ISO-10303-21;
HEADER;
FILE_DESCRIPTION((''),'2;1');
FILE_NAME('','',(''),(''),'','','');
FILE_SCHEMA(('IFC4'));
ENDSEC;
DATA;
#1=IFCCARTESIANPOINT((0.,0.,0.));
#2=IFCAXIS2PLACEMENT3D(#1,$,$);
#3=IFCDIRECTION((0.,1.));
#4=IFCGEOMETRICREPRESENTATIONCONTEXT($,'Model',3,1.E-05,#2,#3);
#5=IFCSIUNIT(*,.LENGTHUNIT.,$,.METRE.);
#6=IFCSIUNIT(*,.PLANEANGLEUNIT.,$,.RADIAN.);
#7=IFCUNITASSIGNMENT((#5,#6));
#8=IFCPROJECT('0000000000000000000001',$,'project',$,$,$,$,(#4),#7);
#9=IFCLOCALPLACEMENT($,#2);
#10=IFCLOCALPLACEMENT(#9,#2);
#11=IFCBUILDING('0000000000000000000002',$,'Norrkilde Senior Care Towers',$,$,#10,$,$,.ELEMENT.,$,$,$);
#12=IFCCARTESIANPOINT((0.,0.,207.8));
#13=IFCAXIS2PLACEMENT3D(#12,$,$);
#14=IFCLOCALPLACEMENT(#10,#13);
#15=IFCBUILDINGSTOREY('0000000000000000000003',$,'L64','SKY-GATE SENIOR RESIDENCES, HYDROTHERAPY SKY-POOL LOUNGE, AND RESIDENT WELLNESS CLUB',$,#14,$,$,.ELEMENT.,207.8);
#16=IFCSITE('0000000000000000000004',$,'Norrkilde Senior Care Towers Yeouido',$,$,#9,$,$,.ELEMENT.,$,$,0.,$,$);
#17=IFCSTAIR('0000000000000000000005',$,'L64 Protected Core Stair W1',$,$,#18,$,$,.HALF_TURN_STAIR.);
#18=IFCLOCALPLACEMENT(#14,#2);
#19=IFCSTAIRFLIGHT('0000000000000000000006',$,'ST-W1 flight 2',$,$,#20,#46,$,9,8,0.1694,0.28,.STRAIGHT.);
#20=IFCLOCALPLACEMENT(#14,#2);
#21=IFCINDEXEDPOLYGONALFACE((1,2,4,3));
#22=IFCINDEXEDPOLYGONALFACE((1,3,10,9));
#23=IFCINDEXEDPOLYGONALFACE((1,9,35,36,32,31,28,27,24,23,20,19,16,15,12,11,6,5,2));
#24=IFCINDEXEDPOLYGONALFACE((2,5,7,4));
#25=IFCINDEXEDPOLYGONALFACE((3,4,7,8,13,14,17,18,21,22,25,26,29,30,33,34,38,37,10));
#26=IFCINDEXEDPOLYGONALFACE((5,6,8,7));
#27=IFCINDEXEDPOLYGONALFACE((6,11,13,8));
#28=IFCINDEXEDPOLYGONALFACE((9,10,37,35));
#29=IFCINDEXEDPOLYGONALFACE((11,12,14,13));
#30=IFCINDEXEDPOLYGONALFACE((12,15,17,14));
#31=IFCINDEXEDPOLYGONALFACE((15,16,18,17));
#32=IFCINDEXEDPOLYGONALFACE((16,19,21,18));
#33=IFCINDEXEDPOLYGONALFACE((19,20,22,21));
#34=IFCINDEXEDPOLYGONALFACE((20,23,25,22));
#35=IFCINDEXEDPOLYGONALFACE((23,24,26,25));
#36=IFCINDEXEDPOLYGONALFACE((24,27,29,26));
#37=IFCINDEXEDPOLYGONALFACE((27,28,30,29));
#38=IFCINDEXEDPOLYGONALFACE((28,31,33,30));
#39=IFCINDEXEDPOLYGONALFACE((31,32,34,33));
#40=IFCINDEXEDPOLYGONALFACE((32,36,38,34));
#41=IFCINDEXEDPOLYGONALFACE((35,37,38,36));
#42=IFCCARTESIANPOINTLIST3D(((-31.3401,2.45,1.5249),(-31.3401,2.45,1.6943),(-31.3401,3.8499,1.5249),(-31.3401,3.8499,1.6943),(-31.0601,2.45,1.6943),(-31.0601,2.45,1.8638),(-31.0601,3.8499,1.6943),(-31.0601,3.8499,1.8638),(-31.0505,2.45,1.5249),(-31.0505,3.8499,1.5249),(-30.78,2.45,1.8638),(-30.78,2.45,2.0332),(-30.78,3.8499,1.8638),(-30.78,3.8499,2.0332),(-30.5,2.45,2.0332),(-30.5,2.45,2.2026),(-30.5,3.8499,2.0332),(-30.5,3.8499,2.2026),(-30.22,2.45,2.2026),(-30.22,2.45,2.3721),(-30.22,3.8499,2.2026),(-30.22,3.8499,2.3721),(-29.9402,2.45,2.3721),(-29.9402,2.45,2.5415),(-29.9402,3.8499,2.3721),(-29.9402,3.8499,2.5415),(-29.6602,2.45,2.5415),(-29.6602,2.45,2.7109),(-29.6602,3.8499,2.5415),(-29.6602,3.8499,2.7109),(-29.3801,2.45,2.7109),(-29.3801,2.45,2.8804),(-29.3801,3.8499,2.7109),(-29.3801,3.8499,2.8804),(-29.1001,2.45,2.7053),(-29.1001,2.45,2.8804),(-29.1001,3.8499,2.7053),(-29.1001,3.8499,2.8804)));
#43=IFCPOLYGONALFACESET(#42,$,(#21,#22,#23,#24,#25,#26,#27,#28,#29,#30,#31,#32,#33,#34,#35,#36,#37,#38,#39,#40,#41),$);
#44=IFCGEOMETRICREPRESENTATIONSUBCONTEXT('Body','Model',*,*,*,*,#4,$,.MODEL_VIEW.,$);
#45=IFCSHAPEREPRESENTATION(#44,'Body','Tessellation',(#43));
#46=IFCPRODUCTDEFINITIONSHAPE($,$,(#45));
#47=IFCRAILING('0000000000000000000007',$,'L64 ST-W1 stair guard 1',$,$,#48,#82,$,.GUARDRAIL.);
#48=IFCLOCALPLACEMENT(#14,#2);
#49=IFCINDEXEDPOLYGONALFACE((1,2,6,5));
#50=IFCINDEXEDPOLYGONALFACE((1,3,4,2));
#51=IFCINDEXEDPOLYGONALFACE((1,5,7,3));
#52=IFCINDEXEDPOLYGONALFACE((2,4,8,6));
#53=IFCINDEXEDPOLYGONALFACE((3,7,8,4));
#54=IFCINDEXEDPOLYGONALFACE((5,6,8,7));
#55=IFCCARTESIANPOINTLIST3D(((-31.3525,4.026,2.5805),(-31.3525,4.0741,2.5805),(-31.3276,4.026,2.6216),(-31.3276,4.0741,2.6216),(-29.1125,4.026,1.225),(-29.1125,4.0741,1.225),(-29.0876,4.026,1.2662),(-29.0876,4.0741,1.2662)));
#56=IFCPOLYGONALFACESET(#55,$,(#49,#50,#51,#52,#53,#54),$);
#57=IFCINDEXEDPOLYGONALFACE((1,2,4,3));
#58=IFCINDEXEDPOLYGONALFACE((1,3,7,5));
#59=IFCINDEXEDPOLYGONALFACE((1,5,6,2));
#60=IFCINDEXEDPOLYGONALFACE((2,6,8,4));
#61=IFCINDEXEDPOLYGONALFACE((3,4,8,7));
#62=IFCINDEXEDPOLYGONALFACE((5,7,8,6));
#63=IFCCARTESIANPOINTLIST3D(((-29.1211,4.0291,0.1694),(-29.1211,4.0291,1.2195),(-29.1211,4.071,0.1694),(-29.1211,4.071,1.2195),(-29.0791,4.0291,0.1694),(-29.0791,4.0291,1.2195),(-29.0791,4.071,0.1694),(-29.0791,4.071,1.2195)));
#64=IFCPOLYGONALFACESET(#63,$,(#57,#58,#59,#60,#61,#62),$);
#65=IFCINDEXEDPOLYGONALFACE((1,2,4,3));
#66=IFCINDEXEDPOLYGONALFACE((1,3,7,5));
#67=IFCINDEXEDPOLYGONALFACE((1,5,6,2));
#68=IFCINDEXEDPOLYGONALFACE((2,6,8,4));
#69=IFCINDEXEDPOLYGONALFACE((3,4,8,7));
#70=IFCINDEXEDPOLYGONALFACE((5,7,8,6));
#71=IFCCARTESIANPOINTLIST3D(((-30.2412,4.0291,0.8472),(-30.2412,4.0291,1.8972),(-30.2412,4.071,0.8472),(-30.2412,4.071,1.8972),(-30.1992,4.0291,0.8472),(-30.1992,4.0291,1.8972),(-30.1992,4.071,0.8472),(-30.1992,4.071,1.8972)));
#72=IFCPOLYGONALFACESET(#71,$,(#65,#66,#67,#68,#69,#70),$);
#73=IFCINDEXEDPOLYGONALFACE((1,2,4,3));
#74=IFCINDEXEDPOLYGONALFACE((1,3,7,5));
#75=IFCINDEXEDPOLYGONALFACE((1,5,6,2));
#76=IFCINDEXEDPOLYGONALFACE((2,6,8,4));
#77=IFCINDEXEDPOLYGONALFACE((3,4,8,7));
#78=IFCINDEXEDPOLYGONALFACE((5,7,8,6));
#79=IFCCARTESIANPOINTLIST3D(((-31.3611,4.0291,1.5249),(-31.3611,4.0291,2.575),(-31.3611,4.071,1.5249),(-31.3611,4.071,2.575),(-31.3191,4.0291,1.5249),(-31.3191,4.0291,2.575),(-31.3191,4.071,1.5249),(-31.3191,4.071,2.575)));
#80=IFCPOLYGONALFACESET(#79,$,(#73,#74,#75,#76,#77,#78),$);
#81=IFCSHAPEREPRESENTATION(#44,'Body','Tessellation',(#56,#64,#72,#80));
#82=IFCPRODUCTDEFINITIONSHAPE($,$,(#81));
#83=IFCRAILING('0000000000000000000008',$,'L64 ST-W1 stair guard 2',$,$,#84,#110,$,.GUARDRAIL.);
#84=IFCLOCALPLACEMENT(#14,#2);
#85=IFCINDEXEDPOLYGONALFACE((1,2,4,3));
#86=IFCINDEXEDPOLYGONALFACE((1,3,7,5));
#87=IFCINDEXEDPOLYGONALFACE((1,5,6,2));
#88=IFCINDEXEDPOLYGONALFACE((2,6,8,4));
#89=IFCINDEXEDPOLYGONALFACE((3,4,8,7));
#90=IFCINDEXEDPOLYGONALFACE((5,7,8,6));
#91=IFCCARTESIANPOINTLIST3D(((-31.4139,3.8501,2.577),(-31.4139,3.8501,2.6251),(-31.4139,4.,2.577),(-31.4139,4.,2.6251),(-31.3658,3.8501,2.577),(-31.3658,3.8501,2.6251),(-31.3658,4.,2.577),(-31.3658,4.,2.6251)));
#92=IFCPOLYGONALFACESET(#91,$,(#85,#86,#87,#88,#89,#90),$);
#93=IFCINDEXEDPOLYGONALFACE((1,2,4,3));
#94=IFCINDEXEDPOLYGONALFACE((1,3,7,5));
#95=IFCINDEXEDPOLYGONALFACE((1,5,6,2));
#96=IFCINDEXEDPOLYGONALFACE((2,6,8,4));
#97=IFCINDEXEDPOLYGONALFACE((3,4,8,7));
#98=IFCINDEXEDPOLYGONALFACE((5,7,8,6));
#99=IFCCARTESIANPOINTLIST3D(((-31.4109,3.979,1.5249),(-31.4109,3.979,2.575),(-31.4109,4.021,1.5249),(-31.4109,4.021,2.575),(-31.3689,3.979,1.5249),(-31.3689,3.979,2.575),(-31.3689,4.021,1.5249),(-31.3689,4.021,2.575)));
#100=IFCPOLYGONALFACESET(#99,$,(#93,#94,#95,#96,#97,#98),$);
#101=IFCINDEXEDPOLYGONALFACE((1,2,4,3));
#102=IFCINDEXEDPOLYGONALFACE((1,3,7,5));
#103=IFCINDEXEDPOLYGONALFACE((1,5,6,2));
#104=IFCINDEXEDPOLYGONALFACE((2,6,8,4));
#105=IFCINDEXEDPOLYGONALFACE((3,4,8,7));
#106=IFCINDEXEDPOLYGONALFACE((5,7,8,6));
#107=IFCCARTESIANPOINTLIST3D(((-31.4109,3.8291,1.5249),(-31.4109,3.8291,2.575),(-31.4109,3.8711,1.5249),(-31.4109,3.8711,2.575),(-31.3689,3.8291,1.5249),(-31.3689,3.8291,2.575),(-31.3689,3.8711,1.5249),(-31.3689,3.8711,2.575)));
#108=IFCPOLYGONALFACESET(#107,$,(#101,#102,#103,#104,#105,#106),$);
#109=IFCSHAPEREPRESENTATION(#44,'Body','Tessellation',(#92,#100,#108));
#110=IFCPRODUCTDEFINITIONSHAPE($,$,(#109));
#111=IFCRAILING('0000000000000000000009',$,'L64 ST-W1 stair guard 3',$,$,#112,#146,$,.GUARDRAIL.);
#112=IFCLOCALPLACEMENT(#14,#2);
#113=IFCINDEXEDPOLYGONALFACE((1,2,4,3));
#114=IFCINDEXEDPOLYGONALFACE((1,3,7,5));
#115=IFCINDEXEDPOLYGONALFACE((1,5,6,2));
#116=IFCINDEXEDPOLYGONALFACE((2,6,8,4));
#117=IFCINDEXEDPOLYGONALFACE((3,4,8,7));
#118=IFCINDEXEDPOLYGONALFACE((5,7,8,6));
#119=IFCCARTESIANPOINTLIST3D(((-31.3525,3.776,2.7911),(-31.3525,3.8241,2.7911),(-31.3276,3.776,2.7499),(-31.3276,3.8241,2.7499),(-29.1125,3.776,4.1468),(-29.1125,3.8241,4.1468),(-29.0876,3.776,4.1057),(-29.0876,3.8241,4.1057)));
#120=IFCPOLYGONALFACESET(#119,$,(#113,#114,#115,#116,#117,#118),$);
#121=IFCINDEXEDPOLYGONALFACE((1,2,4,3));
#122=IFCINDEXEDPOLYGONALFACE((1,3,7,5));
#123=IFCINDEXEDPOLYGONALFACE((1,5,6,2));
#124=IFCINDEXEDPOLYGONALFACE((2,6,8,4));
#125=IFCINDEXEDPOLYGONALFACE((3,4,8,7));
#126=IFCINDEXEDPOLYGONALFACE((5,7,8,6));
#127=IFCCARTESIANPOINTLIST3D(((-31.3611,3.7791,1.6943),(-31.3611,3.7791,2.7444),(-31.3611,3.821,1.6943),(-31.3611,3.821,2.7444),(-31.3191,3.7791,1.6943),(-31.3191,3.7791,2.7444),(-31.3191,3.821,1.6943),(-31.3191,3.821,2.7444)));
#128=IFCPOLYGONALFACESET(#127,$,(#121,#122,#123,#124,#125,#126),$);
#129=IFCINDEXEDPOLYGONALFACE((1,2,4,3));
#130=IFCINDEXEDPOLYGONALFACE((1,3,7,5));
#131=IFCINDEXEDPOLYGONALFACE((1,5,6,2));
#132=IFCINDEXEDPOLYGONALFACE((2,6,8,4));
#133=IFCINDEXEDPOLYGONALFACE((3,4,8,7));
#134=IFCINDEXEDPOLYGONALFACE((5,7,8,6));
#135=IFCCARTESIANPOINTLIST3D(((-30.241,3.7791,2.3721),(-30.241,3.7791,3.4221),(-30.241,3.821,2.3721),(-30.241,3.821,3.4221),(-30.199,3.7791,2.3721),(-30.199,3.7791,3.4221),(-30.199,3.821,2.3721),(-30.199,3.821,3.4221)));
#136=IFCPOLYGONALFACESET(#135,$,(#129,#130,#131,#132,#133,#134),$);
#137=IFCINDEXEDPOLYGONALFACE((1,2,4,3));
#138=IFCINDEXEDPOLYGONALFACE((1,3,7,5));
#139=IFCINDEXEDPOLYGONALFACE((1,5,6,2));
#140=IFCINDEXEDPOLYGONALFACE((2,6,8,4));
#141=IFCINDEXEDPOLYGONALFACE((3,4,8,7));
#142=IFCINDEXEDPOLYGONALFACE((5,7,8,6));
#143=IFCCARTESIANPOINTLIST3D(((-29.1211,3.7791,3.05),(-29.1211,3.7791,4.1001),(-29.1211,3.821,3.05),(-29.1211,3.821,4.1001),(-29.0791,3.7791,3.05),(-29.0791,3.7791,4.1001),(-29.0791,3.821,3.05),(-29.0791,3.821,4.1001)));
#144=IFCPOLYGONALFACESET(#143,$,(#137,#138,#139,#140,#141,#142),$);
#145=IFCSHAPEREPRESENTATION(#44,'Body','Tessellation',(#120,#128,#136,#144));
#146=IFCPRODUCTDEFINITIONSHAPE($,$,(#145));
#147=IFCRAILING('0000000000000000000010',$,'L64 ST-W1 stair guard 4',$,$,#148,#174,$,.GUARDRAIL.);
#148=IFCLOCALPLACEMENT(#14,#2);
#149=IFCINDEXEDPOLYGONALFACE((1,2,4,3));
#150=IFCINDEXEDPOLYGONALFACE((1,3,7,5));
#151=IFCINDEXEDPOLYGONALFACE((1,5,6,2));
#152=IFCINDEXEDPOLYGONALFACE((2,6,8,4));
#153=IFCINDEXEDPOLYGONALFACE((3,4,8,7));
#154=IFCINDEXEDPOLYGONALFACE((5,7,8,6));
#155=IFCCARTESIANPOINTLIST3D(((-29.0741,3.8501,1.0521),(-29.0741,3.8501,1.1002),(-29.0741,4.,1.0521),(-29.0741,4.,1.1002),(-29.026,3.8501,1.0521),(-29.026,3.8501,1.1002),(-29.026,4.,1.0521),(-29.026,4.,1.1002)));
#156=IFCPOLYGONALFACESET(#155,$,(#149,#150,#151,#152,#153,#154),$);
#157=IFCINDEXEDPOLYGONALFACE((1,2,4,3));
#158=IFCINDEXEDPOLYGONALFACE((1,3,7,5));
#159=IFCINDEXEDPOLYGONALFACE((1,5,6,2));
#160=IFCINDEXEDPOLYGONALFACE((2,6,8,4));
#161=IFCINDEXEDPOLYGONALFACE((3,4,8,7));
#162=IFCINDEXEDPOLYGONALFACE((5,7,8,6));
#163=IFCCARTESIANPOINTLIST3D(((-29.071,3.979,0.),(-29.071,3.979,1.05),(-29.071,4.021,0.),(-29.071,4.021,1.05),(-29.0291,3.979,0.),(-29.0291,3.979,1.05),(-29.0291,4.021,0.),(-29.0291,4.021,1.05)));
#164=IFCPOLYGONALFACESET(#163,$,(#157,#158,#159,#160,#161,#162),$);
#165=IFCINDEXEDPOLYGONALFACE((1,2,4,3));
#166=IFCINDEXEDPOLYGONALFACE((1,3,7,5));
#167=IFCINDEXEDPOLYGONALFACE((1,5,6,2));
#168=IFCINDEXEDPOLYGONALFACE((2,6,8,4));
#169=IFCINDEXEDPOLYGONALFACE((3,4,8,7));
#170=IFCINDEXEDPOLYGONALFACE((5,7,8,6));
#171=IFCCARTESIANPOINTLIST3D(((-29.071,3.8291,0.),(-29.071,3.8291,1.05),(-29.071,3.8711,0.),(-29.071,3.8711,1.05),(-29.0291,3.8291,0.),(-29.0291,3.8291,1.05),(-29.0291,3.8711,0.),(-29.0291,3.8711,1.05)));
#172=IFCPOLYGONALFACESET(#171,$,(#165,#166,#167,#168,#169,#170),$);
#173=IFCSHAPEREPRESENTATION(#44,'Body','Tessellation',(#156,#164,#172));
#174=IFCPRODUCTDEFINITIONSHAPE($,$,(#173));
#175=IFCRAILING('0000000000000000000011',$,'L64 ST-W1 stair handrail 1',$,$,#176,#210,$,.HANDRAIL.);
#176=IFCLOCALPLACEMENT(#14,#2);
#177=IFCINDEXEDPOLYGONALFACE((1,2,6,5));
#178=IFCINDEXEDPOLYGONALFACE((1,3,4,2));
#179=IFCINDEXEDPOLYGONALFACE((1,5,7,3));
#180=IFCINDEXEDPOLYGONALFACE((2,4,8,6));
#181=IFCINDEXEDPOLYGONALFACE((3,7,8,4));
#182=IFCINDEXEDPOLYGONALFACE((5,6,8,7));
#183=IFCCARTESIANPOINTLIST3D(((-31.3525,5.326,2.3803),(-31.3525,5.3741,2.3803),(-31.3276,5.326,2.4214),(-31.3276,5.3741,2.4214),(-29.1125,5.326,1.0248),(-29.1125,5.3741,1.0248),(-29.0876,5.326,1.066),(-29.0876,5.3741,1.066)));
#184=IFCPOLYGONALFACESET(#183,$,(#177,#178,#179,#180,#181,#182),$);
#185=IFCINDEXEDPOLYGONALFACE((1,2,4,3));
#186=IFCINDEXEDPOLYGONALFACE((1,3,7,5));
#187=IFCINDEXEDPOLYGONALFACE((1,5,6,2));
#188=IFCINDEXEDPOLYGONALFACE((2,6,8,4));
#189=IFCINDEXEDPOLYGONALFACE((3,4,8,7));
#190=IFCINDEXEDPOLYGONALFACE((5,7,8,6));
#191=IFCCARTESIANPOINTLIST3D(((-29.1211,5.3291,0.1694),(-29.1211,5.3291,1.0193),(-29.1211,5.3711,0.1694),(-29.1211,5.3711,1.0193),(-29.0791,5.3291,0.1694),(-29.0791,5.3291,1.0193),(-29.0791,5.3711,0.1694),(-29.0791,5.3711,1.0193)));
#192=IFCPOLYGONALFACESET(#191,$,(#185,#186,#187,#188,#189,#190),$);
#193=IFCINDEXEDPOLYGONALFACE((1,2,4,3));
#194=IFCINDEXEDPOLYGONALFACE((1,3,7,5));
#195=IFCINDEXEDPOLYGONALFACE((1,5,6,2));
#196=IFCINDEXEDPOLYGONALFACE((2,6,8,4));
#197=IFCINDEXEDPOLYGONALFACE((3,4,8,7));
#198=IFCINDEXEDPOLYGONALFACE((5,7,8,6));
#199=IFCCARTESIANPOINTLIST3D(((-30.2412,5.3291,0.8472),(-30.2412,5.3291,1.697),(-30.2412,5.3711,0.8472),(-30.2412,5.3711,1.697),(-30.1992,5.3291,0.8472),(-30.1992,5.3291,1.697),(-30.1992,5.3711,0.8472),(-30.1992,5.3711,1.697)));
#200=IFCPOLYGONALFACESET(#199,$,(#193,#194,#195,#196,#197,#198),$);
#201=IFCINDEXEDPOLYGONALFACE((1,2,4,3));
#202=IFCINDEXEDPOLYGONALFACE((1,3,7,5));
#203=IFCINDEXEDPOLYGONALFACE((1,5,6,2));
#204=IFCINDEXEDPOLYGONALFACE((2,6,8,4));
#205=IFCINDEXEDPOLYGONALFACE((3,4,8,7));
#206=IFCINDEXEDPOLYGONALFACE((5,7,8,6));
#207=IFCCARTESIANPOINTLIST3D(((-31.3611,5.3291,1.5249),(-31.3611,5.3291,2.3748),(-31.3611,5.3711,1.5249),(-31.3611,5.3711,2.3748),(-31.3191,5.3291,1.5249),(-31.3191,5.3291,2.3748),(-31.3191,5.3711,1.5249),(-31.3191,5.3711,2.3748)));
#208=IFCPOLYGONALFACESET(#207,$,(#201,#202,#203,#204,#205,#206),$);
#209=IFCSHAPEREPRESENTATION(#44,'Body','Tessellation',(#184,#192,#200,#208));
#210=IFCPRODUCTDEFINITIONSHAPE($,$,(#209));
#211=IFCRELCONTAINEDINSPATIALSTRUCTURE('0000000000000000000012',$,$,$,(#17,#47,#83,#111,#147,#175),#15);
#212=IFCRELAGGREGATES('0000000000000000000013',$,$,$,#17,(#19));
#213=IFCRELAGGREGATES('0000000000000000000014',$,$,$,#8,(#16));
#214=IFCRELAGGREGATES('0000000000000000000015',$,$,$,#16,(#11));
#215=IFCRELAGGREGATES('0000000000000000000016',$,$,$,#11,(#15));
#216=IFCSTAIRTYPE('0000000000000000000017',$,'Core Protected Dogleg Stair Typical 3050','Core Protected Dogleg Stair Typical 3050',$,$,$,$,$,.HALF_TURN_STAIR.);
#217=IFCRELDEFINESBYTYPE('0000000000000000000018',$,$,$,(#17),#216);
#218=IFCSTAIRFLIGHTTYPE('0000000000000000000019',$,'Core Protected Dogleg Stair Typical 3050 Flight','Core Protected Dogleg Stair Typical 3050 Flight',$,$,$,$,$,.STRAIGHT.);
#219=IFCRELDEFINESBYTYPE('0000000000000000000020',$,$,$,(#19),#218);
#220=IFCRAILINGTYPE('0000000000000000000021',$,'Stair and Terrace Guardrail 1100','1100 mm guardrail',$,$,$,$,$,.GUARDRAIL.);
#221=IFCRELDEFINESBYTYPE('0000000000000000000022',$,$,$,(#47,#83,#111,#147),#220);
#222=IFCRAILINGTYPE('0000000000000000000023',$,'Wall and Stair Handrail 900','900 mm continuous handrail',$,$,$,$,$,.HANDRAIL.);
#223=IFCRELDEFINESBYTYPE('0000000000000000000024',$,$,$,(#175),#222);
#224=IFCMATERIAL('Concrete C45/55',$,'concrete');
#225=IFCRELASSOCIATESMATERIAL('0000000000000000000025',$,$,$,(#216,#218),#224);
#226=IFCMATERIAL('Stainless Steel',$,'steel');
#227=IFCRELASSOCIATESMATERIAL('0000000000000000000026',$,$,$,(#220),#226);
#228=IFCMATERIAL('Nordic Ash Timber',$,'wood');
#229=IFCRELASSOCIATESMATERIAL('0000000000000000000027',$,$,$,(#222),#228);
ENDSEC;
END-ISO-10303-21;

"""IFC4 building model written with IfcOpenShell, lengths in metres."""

from ifc_helpers import new_model, si_unit, direction, frame, origin, origin_2d, place, context, subcontext, project, spatial, polyline, rectangle, outline, extrude, material, type_object, element, aggregate, save


model = new_model("IFC4")

# Units and contexts
model_context = context("Model", 3, precision=1e-05, world=origin(), true_north=direction((0.0, 1.0)))
body_context = subcontext(model_context, "Body", "Model", "MODEL_VIEW")
ifc_project = project(units=[si_unit("LENGTHUNIT", "METRE"), si_unit("PLANEANGLEUNIT", "RADIAN")], contexts=[model_context])

# Site, building, storey
site_placement = place(None, origin())
site = spatial("IfcSite", under=ifc_project, at=site_placement, Name="Norrkilde Senior Care Towers Yeouido", CompositionType="ELEMENT", RefElevation=0.0)
building_placement = place(site_placement, origin())
building = spatial("IfcBuilding", under=site, at=building_placement, Name="Norrkilde Senior Care Towers", CompositionType="ELEMENT")
storey_placement = place(building_placement, frame((0.0, 0.0, 207.8)))
storey = spatial("IfcBuildingStorey", under=building, at=storey_placement, Name="L64", Description="SKY-GATE SENIOR RESIDENCES, HYDROTHERAPY SKY-POOL LOUNGE, AND RESIDENT WELLNESS CLUB", CompositionType="ELEMENT", Elevation=207.8)

# Shared definitions
ifc_material_1 = material(Name="Concrete C45/55", Category="concrete")

# Shared definitions
ifc_material_2 = material(Name="Stainless Steel", Category="steel")

# Stair, stair flight
stair_type = type_object("IfcStairType", Name="Core Protected Dogleg Stair Typical 3050", Description="Core Protected Dogleg Stair Typical 3050", PredefinedType="HALF_TURN_STAIR", material=ifc_material_1)
stair_placement = place(storey_placement, origin())
stair = element("IfcStair", 1, at=stair_placement, inside=storey, type_object=stair_type, Name="L64 Protected Core Stair W1", PredefinedType="HALF_TURN_STAIR")
stair_flight_type = type_object("IfcStairFlightType", Name="Core Protected Dogleg Stair Typical 3050 Flight", Description="Core Protected Dogleg Stair Typical 3050 Flight", PredefinedType="STRAIGHT", material=ifc_material_1)
stair_flight_1_placement = place(storey_placement, frame((-31.3401, 3.1499, 1.5249), z_axis=(0.0, 0.0, 1.0), x_axis=(1.0, 0.0, 0.0)))
stair_flight_1 = element("IfcStairFlight", 2, at=stair_flight_1_placement, type_object=stair_flight_type, Name="ST-W1 flight 2", NumberOfRisers=9, NumberOfTreads=8, PredefinedType="STRAIGHT", RiserHeight=0.1694, TreadLength=0.28, context=body_context, shape_type="SweptSolid", body=[
    extrude(outline(polyline([(0.0, 0.0), (0.0, 0.1694), (0.28, 0.1694), (0.28, 0.3389), (0.5601, 0.3389), (0.5601, 0.5083), (0.8401, 0.5083), (0.8401, 0.6777), (1.1201, 0.6777), (1.1201, 0.8472), (1.3999, 0.8472), (1.3999, 1.0166), (1.6799, 1.0166), (1.6799, 1.186), (1.96, 1.186), (1.96, 1.3555), (2.24, 1.3555), (2.24, 1.5249), (2.24, 1.1804), (0.2896, 0.0), (0.0, 0.0)])), frame((0.0, 0.7, 0.0), z_axis=(0.0, -1.0, 0.0), x_axis=(1.0, 0.0, 0.0)), (0.0, 0.0, 1.0), 1.3999),
])
aggregate(stair, [stair_flight_1])

# Railings
railing_type_1 = type_object("IfcRailingType", Name="Stair and Terrace Guardrail 1100", Description="1100 mm guardrail", PredefinedType="GUARDRAIL", material=ifc_material_2)
railing_1_placement = place(storey_placement, frame((-29.1001, 4.05, 0.1694)))
element("IfcRailing", 3, at=railing_1_placement, inside=storey, type_object=railing_type_1, Name="L64 ST-W1 stair guard 1", PredefinedType="GUARDRAIL", context=body_context, shape_type="SweptSolid", body=[
    extrude(rectangle(XDim=0.0481, YDim=0.0481, at=origin_2d()), frame((0.0, 0.0, 1.0762), z_axis=(-0.855553, 0.0, 0.517715), x_axis=(0.0, -1.0, 0.0)), (0.0, 0.0, 1.0), 2.6182),
    extrude(rectangle(XDim=0.042, YDim=0.042, at=origin_2d()), origin(), (0.0, 0.0, 1.0), 1.05),
    extrude(rectangle(XDim=0.042, YDim=0.042, at=origin_2d()), frame((-1.1201, 0.0, 0.6777)), (0.0, 0.0, 1.0), 1.05),
    extrude(rectangle(XDim=0.042, YDim=0.042, at=origin_2d()), frame((-2.24, 0.0, 1.3555)), (0.0, 0.0, 1.0), 1.05),
])
railing_2_placement = place(storey_placement, frame((-31.3899, 4.0, 1.5249)))
element("IfcRailing", 4, at=railing_2_placement, inside=storey, type_object=railing_type_1, Name="L64 ST-W1 stair guard 2", PredefinedType="GUARDRAIL", context=body_context, shape_type="SweptSolid", body=[
    extrude(rectangle(XDim=0.0481, YDim=0.0481, at=origin_2d()), frame((0.0, 0.0, 1.0762), z_axis=(0.0, -1.0, 0.0), x_axis=(1.0, 0.0, 0.0)), (0.0, 0.0, 1.0), 0.1499),
    extrude(rectangle(XDim=0.042, YDim=0.042, at=origin_2d()), origin(), (0.0, 0.0, 1.0), 1.05),
    extrude(rectangle(XDim=0.042, YDim=0.042, at=origin_2d()), frame((0.0, -0.1499, 0.0)), (0.0, 0.0, 1.0), 1.05),
])
railing_3_placement = place(storey_placement, frame((-31.3401, 3.8, 1.6943)))
element("IfcRailing", 5, at=railing_3_placement, inside=storey, type_object=railing_type_1, Name="L64 ST-W1 stair guard 3", PredefinedType="GUARDRAIL", context=body_context, shape_type="SweptSolid", body=[
    extrude(rectangle(XDim=0.0481, YDim=0.0481, at=origin_2d()), frame((0.0, 0.0, 1.0762), z_axis=(0.855512, 0.0, 0.517783), x_axis=(0.0, 1.0, 0.0)), (0.0, 0.0, 1.0), 2.6184),
    extrude(rectangle(XDim=0.042, YDim=0.042, at=origin_2d()), origin(), (0.0, 0.0, 1.0), 1.05),
    extrude(rectangle(XDim=0.042, YDim=0.042, at=origin_2d()), frame((1.1201, 0.0, 0.6777)), (0.0, 0.0, 1.0), 1.05),
    extrude(rectangle(XDim=0.042, YDim=0.042, at=origin_2d()), frame((2.24, 0.0, 1.3557)), (0.0, 0.0, 1.0), 1.05),
])
railing_4_placement = place(storey_placement, frame((-29.05, 4.0, 0.0)))
element("IfcRailing", 6, at=railing_4_placement, inside=storey, type_object=railing_type_1, Name="L64 ST-W1 stair guard 4", PredefinedType="GUARDRAIL", context=body_context, shape_type="SweptSolid", body=[
    extrude(rectangle(XDim=0.0481, YDim=0.0481, at=origin_2d()), frame((0.0, 0.0, 1.0762), z_axis=(0.0, -1.0, 0.0), x_axis=(1.0, 0.0, 0.0)), (0.0, 0.0, 1.0), 0.1499),
    extrude(rectangle(XDim=0.042, YDim=0.042, at=origin_2d()), origin(), (0.0, 0.0, 1.0), 1.05),
    extrude(rectangle(XDim=0.042, YDim=0.042, at=origin_2d()), frame((0.0, -0.1499, 0.0)), (0.0, 0.0, 1.0), 1.05),
])
ifc_material_3 = material(Name="Nordic Ash Timber", Category="wood")
railing_type_2 = type_object("IfcRailingType", Name="Wall and Stair Handrail 900", Description="900 mm continuous handrail", PredefinedType="HANDRAIL", material=ifc_material_3)
railing_5_placement = place(storey_placement, frame((-29.1001, 5.3501, 0.1694)))
element("IfcRailing", 7, at=railing_5_placement, inside=storey, type_object=railing_type_2, Name="L64 ST-W1 stair handrail 1", PredefinedType="HANDRAIL", context=body_context, shape_type="SweptSolid", body=[
    extrude(rectangle(XDim=0.0481, YDim=0.0481, at=origin_2d()), frame((0.0, 0.0, 0.876), z_axis=(-0.855553, 0.0, 0.517715), x_axis=(0.0, -1.0, 0.0)), (0.0, 0.0, 1.0), 2.6182),
    extrude(rectangle(XDim=0.042, YDim=0.042, at=origin_2d()), origin(), (0.0, 0.0, 1.0), 0.8499),
    extrude(rectangle(XDim=0.042, YDim=0.042, at=origin_2d()), frame((-1.1201, 0.0, 0.6777)), (0.0, 0.0, 1.0), 0.8499),
    extrude(rectangle(XDim=0.042, YDim=0.042, at=origin_2d()), frame((-2.24, 0.0, 1.3555)), (0.0, 0.0, 1.0), 0.8499),
])

save(model, "model.ifc")
